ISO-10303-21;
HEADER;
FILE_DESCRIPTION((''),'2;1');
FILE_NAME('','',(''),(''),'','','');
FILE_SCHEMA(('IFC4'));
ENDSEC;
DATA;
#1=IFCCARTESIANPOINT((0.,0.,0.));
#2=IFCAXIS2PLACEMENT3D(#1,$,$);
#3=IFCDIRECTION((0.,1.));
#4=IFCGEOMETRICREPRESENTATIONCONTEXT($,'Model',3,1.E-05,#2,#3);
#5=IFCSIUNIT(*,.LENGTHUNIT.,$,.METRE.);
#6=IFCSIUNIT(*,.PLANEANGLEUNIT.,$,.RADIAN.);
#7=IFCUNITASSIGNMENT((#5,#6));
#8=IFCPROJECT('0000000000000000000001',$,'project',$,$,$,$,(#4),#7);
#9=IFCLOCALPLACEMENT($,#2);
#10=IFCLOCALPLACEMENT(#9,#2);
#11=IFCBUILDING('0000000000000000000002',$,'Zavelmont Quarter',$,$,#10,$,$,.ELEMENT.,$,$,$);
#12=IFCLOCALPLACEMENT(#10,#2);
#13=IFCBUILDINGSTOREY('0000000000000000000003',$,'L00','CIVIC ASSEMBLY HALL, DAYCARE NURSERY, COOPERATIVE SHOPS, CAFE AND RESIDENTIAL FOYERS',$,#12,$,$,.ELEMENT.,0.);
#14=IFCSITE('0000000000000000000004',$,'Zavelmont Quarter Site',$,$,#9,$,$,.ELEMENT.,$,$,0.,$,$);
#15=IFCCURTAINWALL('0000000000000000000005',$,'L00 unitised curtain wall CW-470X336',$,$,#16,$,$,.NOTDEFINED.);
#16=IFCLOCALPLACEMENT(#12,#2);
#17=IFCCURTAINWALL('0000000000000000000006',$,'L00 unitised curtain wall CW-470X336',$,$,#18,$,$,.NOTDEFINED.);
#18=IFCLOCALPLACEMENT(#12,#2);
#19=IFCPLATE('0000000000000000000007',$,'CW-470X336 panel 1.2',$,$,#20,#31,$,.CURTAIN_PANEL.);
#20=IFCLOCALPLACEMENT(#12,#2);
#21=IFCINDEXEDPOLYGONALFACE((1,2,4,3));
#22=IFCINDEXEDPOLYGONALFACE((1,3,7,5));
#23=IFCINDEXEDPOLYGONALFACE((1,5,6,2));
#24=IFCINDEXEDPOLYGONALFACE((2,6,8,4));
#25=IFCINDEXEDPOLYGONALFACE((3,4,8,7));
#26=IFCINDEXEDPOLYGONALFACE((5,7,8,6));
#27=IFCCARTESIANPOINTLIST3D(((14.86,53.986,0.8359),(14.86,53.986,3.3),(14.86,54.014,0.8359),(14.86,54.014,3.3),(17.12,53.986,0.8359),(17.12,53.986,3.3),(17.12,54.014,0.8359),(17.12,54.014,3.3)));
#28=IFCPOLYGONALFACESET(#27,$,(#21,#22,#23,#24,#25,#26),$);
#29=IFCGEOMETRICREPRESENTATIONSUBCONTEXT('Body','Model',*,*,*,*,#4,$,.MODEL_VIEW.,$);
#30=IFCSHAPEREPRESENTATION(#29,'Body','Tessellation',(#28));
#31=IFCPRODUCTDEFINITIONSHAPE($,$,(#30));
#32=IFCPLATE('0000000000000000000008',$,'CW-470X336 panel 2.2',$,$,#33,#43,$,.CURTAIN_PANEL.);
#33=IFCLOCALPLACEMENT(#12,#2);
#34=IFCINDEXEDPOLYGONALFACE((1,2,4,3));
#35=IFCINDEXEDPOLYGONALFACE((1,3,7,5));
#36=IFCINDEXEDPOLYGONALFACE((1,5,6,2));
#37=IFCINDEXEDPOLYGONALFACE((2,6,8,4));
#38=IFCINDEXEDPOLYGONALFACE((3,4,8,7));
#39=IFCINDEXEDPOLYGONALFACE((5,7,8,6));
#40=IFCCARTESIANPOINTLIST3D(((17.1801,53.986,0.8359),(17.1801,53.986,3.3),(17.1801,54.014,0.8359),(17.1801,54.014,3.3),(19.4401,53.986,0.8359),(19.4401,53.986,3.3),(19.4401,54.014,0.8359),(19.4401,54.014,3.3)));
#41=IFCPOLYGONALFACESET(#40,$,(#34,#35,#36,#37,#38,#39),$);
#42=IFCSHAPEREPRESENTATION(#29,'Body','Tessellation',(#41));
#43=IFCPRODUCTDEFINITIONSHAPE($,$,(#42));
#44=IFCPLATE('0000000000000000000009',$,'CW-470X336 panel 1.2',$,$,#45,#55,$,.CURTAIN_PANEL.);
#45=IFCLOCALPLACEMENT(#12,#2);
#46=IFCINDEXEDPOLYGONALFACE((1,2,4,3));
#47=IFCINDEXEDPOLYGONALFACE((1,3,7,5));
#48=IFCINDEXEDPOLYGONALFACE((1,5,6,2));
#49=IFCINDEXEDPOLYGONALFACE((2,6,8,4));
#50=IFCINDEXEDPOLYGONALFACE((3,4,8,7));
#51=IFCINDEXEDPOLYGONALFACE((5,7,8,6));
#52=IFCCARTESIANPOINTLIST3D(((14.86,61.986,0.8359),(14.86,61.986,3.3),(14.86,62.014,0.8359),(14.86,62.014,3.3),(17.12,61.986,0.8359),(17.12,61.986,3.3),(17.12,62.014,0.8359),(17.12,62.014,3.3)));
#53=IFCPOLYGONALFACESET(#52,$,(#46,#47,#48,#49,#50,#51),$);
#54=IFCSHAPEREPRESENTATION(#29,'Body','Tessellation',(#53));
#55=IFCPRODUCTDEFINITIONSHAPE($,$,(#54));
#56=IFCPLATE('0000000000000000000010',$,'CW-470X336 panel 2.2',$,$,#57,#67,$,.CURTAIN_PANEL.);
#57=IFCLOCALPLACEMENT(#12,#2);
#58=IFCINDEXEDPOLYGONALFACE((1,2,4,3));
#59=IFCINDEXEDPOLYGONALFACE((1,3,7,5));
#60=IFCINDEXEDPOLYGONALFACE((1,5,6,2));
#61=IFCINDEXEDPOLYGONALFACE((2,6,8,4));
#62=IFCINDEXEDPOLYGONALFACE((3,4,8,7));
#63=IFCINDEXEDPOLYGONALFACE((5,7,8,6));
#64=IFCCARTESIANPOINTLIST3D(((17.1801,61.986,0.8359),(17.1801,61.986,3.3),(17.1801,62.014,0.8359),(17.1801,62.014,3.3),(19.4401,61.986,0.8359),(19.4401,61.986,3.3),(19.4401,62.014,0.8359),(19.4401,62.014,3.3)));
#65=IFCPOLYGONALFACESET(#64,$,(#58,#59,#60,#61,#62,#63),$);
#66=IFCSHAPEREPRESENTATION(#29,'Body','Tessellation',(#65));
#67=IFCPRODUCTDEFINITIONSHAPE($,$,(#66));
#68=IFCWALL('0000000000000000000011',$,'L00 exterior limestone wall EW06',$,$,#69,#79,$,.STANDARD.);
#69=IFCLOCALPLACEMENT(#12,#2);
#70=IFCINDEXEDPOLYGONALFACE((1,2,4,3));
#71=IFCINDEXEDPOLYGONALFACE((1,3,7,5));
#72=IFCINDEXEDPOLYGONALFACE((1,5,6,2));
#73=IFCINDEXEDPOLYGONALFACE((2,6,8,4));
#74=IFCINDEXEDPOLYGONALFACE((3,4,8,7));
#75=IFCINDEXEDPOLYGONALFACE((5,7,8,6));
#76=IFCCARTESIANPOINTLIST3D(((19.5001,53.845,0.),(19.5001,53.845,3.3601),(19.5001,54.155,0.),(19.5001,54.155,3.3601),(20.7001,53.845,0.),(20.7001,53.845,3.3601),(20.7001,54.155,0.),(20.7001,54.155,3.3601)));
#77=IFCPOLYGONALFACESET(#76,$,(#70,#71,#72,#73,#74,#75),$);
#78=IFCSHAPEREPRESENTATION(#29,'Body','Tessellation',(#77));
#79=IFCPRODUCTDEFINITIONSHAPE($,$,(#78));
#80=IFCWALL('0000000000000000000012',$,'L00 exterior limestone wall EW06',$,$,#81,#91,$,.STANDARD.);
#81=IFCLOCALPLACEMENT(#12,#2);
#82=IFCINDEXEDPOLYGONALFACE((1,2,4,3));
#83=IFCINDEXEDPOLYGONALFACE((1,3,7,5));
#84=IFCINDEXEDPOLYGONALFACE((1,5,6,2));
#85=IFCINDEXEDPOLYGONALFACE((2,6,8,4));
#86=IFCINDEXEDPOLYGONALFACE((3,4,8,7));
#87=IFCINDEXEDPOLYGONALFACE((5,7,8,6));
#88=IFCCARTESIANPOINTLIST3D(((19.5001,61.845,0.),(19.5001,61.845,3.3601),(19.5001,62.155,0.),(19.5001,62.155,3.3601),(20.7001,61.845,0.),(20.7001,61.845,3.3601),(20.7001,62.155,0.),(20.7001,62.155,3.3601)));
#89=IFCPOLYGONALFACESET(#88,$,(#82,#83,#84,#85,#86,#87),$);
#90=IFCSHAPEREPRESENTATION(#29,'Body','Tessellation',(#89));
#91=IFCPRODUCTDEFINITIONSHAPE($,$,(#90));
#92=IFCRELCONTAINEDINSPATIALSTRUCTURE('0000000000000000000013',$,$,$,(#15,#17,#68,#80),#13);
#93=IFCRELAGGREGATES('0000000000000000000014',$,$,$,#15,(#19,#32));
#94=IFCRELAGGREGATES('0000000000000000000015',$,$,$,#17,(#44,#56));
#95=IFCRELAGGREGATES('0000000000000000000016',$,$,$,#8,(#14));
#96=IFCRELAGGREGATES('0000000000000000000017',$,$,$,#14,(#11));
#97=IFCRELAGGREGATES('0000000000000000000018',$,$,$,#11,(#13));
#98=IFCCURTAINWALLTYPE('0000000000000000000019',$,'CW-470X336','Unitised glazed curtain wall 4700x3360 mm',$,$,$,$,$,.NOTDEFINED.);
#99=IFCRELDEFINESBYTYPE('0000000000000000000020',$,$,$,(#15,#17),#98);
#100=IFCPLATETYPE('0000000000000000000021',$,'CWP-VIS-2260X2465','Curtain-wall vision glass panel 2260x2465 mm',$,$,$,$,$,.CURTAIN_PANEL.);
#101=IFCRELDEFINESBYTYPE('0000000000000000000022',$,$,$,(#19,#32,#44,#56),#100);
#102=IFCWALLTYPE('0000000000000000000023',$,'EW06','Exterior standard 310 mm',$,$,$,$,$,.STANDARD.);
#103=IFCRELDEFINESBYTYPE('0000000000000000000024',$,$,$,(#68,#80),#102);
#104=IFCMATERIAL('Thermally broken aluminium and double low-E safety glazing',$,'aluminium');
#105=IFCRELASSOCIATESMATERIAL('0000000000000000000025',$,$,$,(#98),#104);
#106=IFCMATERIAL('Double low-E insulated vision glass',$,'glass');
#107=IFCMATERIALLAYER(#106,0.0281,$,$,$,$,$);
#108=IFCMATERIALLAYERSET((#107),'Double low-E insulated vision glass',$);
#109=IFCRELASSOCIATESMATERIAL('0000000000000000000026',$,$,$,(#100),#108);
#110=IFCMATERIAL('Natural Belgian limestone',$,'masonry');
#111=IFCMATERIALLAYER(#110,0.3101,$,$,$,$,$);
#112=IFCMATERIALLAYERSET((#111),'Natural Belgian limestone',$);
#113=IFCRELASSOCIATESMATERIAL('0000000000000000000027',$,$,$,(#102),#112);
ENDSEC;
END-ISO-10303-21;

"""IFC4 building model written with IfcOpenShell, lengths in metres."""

from ifc_helpers import new_model, si_unit, direction, frame, frame_2d, origin, origin_2d, place, context, subcontext, project, spatial, rectangle, extrude, material, layer, layer_set, type_object, element, aggregate, save


model = new_model("IFC4")

# Units and contexts
model_context = context("Model", 3, precision=1e-05, world=origin(), true_north=direction((0.0, 1.0)))
body_context = subcontext(model_context, "Body", "Model", "MODEL_VIEW")
ifc_project = project(units=[si_unit("LENGTHUNIT", "METRE"), si_unit("PLANEANGLEUNIT", "RADIAN")], contexts=[model_context])

# Site, building, storey
site_placement = place(None, origin())
site = spatial("IfcSite", under=ifc_project, at=site_placement, Name="Zavelmont Quarter Site", CompositionType="ELEMENT", RefElevation=0.0)
building_placement = place(site_placement, origin())
building = spatial("IfcBuilding", under=site, at=building_placement, Name="Zavelmont Quarter", CompositionType="ELEMENT")
storey_placement = place(building_placement, origin())
storey = spatial("IfcBuildingStorey", under=building, at=storey_placement, Name="L00", Description="CIVIC ASSEMBLY HALL, DAYCARE NURSERY, COOPERATIVE SHOPS, CAFE AND RESIDENTIAL FOYERS", CompositionType="ELEMENT", Elevation=0.0)

# Curtain walls
ifc_material_1 = material(Name="Thermally broken aluminium and double low-E safety glazing", Category="aluminium")
curtain_wall_type = type_object("IfcCurtainWallType", Name="CW-470X336", Description="Unitised glazed curtain wall 4700x3360 mm", PredefinedType="NOTDEFINED", material=ifc_material_1)
curtain_wall_1_placement = place(storey_placement, origin())
curtain_wall_1 = element("IfcCurtainWall", 1, at=curtain_wall_1_placement, inside=storey, type_object=curtain_wall_type, Name="L00 unitised curtain wall CW-470X336", PredefinedType="NOTDEFINED")
curtain_wall_2_placement = place(storey_placement, origin())
curtain_wall_2 = element("IfcCurtainWall", 2, at=curtain_wall_2_placement, inside=storey, type_object=curtain_wall_type, Name="L00 unitised curtain wall CW-470X336", PredefinedType="NOTDEFINED")

# Plates
ifc_material_2 = material(Name="Double low-E insulated vision glass", Category="glass")
ifc_layer_1 = layer(ifc_material_2, 0.0281)
ifc_layer_set_1 = layer_set([ifc_layer_1], Name="Double low-E insulated vision glass")
plate_type_1 = type_object("IfcPlateType", Name="CWP-VIS-2260X2465", Description="Curtain-wall vision glass panel 2260x2465 mm", PredefinedType="CURTAIN_PANEL", material=ifc_layer_set_1)
plate_1_placement = place(storey_placement, frame((15.99, 54.0, 0.8359), z_axis=(0.0, 0.0, 1.0), x_axis=(1.0, 0.0, 0.0)))
plate_1 = element("IfcPlate", 3, at=plate_1_placement, type_object=plate_type_1, Name="CW-470X336 panel 1.2", PredefinedType="CURTAIN_PANEL", context=body_context, shape_type="SweptSolid", body=[
    extrude(rectangle(XDim=2.26, YDim=0.0281, at=origin_2d()), origin(), (0.0, 0.0, 1.0), 2.4641),
])
plate_2_placement = place(storey_placement, frame((18.3101, 54.0, 0.8359), z_axis=(0.0, 0.0, 1.0), x_axis=(1.0, 0.0, 0.0)))
plate_2 = element("IfcPlate", 4, at=plate_2_placement, type_object=plate_type_1, Name="CW-470X336 panel 2.2", PredefinedType="CURTAIN_PANEL", context=body_context, shape_type="SweptSolid", body=[
    extrude(rectangle(XDim=2.26, YDim=0.0281, at=origin_2d()), origin(), (0.0, 0.0, 1.0), 2.4641),
])
aggregate(curtain_wall_1, [plate_1, plate_2])
plate_3_placement = place(storey_placement, frame((15.99, 62.0, 0.8359), z_axis=(0.0, 0.0, 1.0), x_axis=(1.0, 0.0, 0.0)))
plate_3 = element("IfcPlate", 5, at=plate_3_placement, type_object=plate_type_1, Name="CW-470X336 panel 1.2", PredefinedType="CURTAIN_PANEL", context=body_context, shape_type="SweptSolid", body=[
    extrude(rectangle(XDim=2.26, YDim=0.0281, at=origin_2d()), origin(), (0.0, 0.0, 1.0), 2.4641),
])
plate_4_placement = place(storey_placement, frame((18.3101, 62.0, 0.8359), z_axis=(0.0, 0.0, 1.0), x_axis=(1.0, 0.0, 0.0)))
plate_4 = element("IfcPlate", 6, at=plate_4_placement, type_object=plate_type_1, Name="CW-470X336 panel 2.2", PredefinedType="CURTAIN_PANEL", context=body_context, shape_type="SweptSolid", body=[
    extrude(rectangle(XDim=2.26, YDim=0.0281, at=origin_2d()), origin(), (0.0, 0.0, 1.0), 2.4641),
])
aggregate(curtain_wall_2, [plate_3, plate_4])

# Walls
ifc_material_3 = material(Name="Natural Belgian limestone", Category="masonry")
ifc_layer_2 = layer(ifc_material_3, 0.3101)
ifc_layer_set_2 = layer_set([ifc_layer_2], Name="Natural Belgian limestone")
wall_type = type_object("IfcWallType", Name="EW06", Description="Exterior standard 310 mm", PredefinedType="STANDARD", material=ifc_layer_set_2)
for number, where, z_axis, x_axis, name in (
    (7, (19.5, 54.0, 0.0), (0.0, 0.0, 1.0), (1.0, 0.0, 0.0), "L00 exterior limestone wall EW06"),
    (8, (19.5, 62.0, 0.0), (0.0, 0.0, 1.0), (1.0, 0.0, 0.0), "L00 exterior limestone wall EW06"),
):
    element("IfcWall", number, at=place(storey_placement, frame(where, z_axis=z_axis, x_axis=x_axis)), inside=storey, type_object=wall_type, Name=name, PredefinedType="STANDARD", context=body_context, shape_type="SweptSolid", body=[
        extrude(rectangle(XDim=1.2, YDim=0.3101, at=frame_2d((0.6001, 0.0))), origin(), (0.0, 0.0, 1.0), 3.3601),
    ])

save(model, "model.ifc")
